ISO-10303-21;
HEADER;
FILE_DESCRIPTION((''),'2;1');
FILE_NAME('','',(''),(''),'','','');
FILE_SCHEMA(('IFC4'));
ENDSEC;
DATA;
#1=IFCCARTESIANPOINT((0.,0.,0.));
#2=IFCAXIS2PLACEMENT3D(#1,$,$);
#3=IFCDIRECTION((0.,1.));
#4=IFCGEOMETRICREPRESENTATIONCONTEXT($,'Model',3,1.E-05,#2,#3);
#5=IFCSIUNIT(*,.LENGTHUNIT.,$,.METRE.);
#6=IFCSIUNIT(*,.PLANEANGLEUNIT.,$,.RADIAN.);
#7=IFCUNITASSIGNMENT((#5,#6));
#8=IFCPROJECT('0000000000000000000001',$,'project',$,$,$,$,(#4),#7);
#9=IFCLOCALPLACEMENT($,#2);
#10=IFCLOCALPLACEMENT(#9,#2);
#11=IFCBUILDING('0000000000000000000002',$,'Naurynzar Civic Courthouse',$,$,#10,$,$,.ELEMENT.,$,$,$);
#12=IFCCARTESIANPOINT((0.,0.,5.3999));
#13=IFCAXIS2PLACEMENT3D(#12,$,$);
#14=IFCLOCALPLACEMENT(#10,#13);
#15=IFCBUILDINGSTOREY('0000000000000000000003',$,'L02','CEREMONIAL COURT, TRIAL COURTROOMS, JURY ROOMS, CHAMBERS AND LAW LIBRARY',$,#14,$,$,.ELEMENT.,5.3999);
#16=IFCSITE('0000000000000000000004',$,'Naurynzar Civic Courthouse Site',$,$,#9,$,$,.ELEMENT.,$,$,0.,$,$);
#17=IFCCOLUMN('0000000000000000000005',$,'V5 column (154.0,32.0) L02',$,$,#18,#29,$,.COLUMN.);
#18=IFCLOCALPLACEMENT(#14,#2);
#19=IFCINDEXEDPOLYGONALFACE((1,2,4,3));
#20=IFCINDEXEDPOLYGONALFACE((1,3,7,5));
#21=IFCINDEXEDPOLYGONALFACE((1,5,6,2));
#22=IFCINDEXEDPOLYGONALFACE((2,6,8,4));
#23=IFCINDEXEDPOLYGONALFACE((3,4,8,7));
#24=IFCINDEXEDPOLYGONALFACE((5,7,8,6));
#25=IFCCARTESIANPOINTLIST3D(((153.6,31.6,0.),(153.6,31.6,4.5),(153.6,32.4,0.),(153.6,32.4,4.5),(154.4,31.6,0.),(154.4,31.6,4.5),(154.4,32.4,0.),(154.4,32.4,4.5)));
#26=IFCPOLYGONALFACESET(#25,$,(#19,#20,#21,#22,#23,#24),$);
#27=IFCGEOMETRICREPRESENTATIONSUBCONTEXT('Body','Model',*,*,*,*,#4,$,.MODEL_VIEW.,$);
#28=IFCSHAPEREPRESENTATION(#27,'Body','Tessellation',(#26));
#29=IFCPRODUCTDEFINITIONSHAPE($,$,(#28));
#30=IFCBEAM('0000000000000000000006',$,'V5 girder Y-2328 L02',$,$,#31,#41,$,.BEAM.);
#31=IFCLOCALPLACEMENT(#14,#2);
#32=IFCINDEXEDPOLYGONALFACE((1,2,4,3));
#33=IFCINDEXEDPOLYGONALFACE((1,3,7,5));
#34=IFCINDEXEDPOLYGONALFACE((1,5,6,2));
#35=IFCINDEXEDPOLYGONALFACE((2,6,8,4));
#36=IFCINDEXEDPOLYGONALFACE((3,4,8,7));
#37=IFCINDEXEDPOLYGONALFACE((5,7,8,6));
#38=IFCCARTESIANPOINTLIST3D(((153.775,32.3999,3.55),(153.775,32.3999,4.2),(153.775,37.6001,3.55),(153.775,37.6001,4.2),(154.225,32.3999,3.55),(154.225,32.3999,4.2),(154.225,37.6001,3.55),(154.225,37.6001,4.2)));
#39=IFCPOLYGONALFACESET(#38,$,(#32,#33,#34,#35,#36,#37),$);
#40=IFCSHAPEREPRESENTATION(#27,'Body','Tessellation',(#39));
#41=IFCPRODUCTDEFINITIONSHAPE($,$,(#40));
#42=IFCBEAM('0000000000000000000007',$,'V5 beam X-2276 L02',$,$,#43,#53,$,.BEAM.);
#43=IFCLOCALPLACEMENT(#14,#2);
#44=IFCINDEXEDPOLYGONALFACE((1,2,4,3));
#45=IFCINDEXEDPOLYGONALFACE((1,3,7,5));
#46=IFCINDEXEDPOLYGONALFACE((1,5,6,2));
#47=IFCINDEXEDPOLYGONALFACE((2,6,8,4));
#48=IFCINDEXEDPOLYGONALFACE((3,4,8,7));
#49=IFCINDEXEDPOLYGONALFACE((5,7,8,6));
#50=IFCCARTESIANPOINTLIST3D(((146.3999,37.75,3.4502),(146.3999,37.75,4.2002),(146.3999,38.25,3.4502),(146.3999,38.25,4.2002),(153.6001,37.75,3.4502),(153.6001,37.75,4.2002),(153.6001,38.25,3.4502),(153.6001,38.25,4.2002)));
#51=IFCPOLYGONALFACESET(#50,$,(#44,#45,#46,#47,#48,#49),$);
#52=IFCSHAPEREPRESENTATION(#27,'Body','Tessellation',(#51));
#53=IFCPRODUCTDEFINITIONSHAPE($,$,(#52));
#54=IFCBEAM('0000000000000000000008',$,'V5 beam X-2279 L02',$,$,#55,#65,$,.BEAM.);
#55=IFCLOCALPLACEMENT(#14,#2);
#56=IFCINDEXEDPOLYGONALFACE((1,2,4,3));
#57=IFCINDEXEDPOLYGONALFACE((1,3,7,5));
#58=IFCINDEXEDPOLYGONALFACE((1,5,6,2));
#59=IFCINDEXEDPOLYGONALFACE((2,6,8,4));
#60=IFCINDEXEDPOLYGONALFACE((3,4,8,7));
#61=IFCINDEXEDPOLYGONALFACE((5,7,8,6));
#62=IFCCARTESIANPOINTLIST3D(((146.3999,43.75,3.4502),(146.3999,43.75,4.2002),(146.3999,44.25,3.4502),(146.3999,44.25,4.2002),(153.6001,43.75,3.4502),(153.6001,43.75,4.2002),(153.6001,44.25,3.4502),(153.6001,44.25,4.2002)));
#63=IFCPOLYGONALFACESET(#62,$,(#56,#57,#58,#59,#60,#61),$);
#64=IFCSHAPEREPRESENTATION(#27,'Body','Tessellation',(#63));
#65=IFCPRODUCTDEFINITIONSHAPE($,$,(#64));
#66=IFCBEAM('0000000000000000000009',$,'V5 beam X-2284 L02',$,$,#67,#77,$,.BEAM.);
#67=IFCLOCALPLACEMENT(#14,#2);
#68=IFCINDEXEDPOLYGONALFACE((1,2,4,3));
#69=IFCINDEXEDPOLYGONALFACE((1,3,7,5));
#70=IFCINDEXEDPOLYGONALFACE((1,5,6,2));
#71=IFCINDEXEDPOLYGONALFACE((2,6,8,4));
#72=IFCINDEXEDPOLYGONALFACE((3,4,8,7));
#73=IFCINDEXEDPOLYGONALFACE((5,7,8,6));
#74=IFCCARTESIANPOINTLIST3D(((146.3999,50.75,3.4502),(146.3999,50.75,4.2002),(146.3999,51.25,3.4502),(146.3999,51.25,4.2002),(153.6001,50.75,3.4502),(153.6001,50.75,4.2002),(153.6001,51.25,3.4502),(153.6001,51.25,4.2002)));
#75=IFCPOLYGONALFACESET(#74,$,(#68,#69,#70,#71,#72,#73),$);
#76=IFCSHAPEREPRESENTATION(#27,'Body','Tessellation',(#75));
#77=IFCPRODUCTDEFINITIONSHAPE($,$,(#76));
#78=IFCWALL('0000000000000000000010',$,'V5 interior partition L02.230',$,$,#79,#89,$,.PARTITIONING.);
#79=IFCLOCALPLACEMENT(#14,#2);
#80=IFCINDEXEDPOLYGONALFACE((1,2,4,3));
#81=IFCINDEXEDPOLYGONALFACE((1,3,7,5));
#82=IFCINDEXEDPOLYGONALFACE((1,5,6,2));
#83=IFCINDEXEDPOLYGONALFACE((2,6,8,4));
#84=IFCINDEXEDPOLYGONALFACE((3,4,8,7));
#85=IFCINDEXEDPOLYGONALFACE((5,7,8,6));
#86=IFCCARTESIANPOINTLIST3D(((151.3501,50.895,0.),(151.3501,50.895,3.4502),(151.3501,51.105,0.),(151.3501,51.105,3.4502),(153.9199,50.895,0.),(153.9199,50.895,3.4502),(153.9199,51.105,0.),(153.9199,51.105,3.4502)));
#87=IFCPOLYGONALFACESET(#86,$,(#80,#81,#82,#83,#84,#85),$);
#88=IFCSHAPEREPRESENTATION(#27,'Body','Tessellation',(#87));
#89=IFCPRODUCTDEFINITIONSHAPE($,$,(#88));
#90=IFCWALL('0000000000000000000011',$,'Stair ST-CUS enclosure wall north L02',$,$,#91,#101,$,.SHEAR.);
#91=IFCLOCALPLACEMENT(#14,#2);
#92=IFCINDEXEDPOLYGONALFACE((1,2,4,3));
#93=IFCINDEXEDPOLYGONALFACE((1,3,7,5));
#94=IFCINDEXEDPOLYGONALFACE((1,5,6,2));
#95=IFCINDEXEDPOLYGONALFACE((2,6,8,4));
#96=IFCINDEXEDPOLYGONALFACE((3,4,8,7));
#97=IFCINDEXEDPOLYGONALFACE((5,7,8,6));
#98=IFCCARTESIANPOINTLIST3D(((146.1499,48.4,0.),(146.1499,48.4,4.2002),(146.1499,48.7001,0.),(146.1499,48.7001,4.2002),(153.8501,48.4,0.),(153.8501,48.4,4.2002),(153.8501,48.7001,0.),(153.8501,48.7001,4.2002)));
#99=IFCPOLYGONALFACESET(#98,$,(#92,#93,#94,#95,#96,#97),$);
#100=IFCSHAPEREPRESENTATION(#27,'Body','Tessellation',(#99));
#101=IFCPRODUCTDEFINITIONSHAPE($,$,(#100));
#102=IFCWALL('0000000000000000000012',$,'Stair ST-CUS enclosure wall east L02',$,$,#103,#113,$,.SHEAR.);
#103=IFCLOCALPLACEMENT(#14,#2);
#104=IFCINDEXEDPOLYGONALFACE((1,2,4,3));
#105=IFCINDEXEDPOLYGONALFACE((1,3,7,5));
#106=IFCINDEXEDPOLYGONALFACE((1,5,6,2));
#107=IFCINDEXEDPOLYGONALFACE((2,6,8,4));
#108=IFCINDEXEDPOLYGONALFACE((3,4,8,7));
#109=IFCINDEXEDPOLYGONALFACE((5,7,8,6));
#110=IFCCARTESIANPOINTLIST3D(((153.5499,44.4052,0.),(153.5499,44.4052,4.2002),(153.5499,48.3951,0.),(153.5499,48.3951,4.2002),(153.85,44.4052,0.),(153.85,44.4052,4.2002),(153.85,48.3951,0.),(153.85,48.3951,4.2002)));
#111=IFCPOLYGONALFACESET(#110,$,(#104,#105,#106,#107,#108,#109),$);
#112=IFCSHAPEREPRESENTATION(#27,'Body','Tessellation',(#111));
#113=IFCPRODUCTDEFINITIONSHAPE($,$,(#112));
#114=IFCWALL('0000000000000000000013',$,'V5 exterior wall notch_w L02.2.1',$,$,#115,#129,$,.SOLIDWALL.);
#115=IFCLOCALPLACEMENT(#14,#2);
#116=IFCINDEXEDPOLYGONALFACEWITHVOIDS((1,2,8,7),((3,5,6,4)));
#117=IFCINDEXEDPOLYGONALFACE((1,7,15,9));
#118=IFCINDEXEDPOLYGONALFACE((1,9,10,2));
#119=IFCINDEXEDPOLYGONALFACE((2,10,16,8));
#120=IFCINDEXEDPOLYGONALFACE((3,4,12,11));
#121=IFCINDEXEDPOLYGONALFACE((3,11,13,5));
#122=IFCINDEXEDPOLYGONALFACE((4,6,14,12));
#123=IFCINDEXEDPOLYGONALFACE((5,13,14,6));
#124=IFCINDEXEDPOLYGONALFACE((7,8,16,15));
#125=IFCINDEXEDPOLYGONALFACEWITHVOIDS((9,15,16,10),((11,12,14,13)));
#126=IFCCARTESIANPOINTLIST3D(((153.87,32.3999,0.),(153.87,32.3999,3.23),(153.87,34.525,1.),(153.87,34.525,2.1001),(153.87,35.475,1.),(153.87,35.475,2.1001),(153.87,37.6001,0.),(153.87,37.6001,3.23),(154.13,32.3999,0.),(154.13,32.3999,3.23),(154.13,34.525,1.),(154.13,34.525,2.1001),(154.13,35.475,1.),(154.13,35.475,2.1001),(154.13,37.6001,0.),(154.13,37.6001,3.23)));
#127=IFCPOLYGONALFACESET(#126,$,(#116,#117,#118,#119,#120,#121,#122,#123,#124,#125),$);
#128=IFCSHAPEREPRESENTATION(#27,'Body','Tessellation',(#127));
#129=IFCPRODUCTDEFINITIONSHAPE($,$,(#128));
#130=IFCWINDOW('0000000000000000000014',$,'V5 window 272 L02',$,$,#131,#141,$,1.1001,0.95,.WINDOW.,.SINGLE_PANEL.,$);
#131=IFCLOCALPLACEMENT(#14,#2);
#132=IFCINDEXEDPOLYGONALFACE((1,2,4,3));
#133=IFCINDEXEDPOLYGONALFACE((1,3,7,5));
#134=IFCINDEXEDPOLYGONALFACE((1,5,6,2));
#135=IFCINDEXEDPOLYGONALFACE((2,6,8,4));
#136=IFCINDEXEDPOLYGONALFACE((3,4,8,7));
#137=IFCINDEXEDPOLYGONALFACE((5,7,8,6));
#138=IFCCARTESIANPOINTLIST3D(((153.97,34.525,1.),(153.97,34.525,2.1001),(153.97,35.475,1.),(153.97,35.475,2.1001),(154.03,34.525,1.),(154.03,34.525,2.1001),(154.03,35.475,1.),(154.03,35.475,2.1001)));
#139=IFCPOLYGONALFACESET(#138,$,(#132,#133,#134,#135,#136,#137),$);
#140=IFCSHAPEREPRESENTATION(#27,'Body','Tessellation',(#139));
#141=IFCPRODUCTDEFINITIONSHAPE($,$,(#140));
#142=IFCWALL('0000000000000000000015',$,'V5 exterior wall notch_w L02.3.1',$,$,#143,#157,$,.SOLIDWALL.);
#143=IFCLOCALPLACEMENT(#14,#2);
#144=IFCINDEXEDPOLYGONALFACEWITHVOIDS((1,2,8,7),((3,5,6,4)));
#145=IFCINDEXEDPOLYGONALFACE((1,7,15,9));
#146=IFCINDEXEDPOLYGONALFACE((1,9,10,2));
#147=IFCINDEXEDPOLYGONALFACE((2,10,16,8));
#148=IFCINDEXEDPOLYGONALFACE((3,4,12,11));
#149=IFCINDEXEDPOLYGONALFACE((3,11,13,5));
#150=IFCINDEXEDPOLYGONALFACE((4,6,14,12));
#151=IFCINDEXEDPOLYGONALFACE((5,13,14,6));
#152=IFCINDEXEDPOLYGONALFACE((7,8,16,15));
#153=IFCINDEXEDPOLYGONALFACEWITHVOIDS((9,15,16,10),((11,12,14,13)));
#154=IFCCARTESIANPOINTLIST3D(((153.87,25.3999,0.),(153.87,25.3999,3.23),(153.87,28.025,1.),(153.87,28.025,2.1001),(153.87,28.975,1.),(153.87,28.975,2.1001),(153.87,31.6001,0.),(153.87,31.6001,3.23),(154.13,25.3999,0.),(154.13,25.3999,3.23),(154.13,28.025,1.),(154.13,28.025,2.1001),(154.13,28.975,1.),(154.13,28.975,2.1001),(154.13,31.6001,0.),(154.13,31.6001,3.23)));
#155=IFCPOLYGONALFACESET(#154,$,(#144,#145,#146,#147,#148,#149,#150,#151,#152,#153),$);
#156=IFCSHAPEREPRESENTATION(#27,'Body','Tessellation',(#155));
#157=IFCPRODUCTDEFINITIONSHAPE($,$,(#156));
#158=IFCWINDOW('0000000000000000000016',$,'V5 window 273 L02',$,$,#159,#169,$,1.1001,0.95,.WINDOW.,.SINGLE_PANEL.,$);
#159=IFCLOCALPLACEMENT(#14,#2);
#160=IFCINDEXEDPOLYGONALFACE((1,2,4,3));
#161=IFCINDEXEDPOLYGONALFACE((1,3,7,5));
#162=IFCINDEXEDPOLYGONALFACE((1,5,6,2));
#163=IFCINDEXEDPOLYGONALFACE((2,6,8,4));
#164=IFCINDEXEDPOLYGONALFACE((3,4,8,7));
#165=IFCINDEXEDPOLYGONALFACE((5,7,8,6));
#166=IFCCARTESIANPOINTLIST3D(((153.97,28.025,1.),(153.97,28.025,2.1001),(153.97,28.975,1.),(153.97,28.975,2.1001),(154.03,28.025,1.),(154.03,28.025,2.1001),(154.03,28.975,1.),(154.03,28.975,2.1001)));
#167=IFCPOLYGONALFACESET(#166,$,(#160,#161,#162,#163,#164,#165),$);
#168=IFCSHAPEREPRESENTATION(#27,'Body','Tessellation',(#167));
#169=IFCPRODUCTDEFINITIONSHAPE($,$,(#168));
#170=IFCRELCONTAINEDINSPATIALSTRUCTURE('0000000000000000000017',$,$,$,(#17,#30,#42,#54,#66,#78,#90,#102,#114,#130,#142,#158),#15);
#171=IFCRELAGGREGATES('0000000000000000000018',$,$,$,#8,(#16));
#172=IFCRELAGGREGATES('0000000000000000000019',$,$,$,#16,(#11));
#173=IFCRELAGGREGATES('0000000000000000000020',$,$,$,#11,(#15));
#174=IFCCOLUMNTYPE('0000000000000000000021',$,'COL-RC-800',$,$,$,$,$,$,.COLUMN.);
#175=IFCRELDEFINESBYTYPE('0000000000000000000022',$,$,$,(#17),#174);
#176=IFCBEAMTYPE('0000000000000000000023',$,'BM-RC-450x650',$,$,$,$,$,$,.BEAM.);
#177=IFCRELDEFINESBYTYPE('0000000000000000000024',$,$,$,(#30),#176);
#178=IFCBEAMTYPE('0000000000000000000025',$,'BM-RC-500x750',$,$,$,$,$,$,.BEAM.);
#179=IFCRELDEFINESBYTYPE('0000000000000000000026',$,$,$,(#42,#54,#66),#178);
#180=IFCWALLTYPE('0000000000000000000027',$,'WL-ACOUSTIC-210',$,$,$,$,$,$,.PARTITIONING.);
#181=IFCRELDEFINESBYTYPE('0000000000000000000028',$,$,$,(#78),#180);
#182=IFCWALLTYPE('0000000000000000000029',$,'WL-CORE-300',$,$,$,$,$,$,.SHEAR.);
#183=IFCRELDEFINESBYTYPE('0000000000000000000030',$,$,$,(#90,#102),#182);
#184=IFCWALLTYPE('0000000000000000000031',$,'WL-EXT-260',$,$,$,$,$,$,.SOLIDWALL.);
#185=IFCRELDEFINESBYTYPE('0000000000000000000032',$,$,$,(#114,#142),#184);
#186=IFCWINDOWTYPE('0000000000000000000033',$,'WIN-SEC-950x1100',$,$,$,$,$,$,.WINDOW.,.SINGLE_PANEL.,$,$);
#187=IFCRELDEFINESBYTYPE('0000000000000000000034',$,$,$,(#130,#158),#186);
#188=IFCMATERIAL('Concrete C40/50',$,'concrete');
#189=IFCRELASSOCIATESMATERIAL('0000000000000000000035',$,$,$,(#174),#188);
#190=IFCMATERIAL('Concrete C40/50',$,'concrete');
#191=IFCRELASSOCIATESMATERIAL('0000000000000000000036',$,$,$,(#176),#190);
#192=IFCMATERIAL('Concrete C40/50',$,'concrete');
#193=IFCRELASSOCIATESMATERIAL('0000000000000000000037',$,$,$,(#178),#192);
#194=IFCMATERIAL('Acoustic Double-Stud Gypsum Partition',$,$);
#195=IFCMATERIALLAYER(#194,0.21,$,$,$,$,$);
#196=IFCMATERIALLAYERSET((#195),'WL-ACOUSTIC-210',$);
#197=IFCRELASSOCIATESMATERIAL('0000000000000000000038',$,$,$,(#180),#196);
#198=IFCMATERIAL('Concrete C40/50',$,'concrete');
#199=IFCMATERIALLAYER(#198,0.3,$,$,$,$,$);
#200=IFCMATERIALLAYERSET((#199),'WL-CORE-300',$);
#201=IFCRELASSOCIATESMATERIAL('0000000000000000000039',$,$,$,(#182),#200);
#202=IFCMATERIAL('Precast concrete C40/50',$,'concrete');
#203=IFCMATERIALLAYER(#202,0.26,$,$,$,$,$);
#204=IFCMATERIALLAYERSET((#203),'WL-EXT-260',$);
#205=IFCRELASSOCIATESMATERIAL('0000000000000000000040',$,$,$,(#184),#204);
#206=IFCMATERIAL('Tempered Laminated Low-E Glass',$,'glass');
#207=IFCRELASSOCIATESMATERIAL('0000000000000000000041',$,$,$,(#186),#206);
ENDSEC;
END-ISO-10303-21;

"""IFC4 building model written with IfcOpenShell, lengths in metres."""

from ifc_helpers import new_model, si_unit, direction, frame, frame_2d, origin, origin_2d, place, context, subcontext, project, spatial, rectangle, extrude, material, layer, layer_set, material_profile, profile_set, type_object, element, fill, save


model = new_model("IFC4")

# Units and contexts
model_context = context("Model", 3, precision=1e-05, world=origin(), true_north=direction((0.0, 1.0)))
body_context = subcontext(model_context, "Body", "Model", "MODEL_VIEW")
ifc_project = project(units=[si_unit("LENGTHUNIT", "METRE"), si_unit("PLANEANGLEUNIT", "RADIAN")], contexts=[model_context])

# Site, building, storey
site_placement = place(None, origin())
site = spatial("IfcSite", under=ifc_project, at=site_placement, Name="Naurynzar Civic Courthouse Site", CompositionType="ELEMENT", RefElevation=0.0)
building_placement = place(site_placement, origin())
building = spatial("IfcBuilding", under=site, at=building_placement, Name="Naurynzar Civic Courthouse", CompositionType="ELEMENT")
storey_placement = place(building_placement, frame((0.0, 0.0, 5.3999)))
storey = spatial("IfcBuildingStorey", under=building, at=storey_placement, Name="L02", Description="CEREMONIAL COURT, TRIAL COURTROOMS, JURY ROOMS, CHAMBERS AND LAW LIBRARY", CompositionType="ELEMENT", Elevation=5.3999)

# Column
ifc_material_1 = material(Name="Concrete C40/50", Category="concrete")
ifc_material_profile_1 = material_profile(ifc_material_1, rectangle(XDim=0.8, YDim=0.8, at=origin_2d()), Name="RC 800x800")
ifc_profile_set_1 = profile_set([ifc_material_profile_1], Name="Concrete C40/50")
column_type = type_object("IfcColumnType", Name="COL-RC-800", PredefinedType="COLUMN", material=ifc_profile_set_1)
column_placement = place(storey_placement, frame((154.0, 32.0, 0.0), z_axis=(0.0, 0.0, 1.0), x_axis=(1.0, 0.0, 0.0)))
element("IfcColumn", 1, at=column_placement, inside=storey, type_object=column_type, Name="V5 column (154.0,32.0) L02", PredefinedType="COLUMN", context=body_context, shape_type="SweptSolid", body=[
    extrude(rectangle(XDim=0.8, YDim=0.8, at=origin_2d()), origin(), (0.0, 0.0, 1.0), 4.5),
])

# Beams
ifc_material_2 = material(Name="Concrete C40/50", Category="concrete")
ifc_material_profile_2 = material_profile(ifc_material_2, rectangle(XDim=0.45, YDim=0.6499, at=origin_2d()), Name="RCB 450x650")
ifc_profile_set_2 = profile_set([ifc_material_profile_2], Name="Concrete C40/50")
beam_type_1 = type_object("IfcBeamType", Name="BM-RC-450x650", PredefinedType="BEAM", material=ifc_profile_set_2)
beam_placement = place(storey_placement, frame((154.0, 32.3999, 3.875), z_axis=(0.0, 1.0, 0.0), x_axis=(-1.0, 0.0, 0.0)))
element("IfcBeam", 2, at=beam_placement, inside=storey, type_object=beam_type_1, Name="V5 girder Y-2328 L02", PredefinedType="BEAM", context=body_context, shape_type="SweptSolid", body=[
    extrude(rectangle(XDim=0.45, YDim=0.6499, at=origin_2d()), origin(), (0.0, 0.0, 1.0), 5.2002),
])
ifc_material_3 = material(Name="Concrete C40/50", Category="concrete")
ifc_material_profile_3 = material_profile(ifc_material_3, rectangle(XDim=0.5, YDim=0.75, at=origin_2d()), Name="RCB 500x750")
ifc_profile_set_3 = profile_set([ifc_material_profile_3], Name="Concrete C40/50")
beam_type_2 = type_object("IfcBeamType", Name="BM-RC-500x750", PredefinedType="BEAM", material=ifc_profile_set_3)
for number, where, z_axis, x_axis, name in (
    (3, (146.3999, 38.0, 3.8252), (1.0, 0.0, 0.0), (0.0, 1.0, 0.0), "V5 beam X-2276 L02"),
    (4, (146.3999, 44.0, 3.8252), (1.0, 0.0, 0.0), (0.0, 1.0, 0.0), "V5 beam X-2279 L02"),
    (5, (146.3999, 51.0, 3.8252), (1.0, 0.0, 0.0), (0.0, 1.0, 0.0), "V5 beam X-2284 L02"),
):
    element("IfcBeam", number, at=place(storey_placement, frame(where, z_axis=z_axis, x_axis=x_axis)), inside=storey, type_object=beam_type_2, Name=name, PredefinedType="BEAM", context=body_context, shape_type="SweptSolid", body=[
        extrude(rectangle(XDim=0.5, YDim=0.75, at=origin_2d()), origin(), (0.0, 0.0, 1.0), 7.2002),
    ])

# Walls
ifc_material_4 = material(Name="Acoustic Double-Stud Gypsum Partition")
ifc_layer_1 = layer(ifc_material_4, 0.21)
ifc_layer_set_1 = layer_set([ifc_layer_1], Name="WL-ACOUSTIC-210")
wall_type_1 = type_object("IfcWallType", Name="WL-ACOUSTIC-210", PredefinedType="PARTITIONING", material=ifc_layer_set_1)
wall_1_placement = place(storey_placement, frame((151.3501, 51.0, 0.0), z_axis=(0.0, 0.0, 1.0), x_axis=(1.0, 0.0, 0.0)))
element("IfcWall", 6, at=wall_1_placement, inside=storey, type_object=wall_type_1, Name="V5 interior partition L02.230", PredefinedType="PARTITIONING", context=body_context, shape_type="SweptSolid", body=[
    extrude(rectangle(XDim=2.5698, YDim=0.21, at=frame_2d((1.2849, 0.0))), origin(), (0.0, 0.0, 1.0), 3.4502),
])
ifc_material_5 = material(Name="Concrete C40/50", Category="concrete")
ifc_layer_2 = layer(ifc_material_5, 0.3)
ifc_layer_set_2 = layer_set([ifc_layer_2], Name="WL-CORE-300")
wall_type_2 = type_object("IfcWallType", Name="WL-CORE-300", PredefinedType="SHEAR", material=ifc_layer_set_2)
wall_2_placement = place(storey_placement, frame((153.8501, 48.55, 0.0), z_axis=(0.0, 0.0, 1.0), x_axis=(-1.0, 0.0, 0.0)))
element("IfcWall", 7, at=wall_2_placement, inside=storey, type_object=wall_type_2, Name="Stair ST-CUS enclosure wall north L02", PredefinedType="SHEAR", context=body_context, shape_type="SweptSolid", body=[
    extrude(rectangle(XDim=7.7002, YDim=0.3, at=frame_2d((3.8501, 0.0))), origin(), (0.0, 0.0, 1.0), 4.2002),
])
wall_3_placement = place(storey_placement, frame((153.7, 44.405, 0.0), z_axis=(0.0, 0.0, 1.0), x_axis=(0.0, 1.0, 0.0)))
element("IfcWall", 8, at=wall_3_placement, inside=storey, type_object=wall_type_2, Name="Stair ST-CUS enclosure wall east L02", PredefinedType="SHEAR", context=body_context, shape_type="SweptSolid", body=[
    extrude(rectangle(XDim=3.99, YDim=0.3, at=frame_2d((1.9951, 0.0))), origin(), (0.0, 0.0, 1.0), 4.2002),
])

# Walls, openings, windows
ifc_material_6 = material(Name="Precast concrete C40/50", Category="concrete")
ifc_layer_3 = layer(ifc_material_6, 0.26)
ifc_layer_set_3 = layer_set([ifc_layer_3], Name="WL-EXT-260")
wall_type_3 = type_object("IfcWallType", Name="WL-EXT-260", PredefinedType="SOLIDWALL", material=ifc_layer_set_3)
wall_4_placement = place(storey_placement, frame((154.0, 37.6001, 0.0), z_axis=(0.0, 0.0, 1.0), x_axis=(0.0, -1.0, 0.0)))
wall_4 = element("IfcWall", 9, at=wall_4_placement, inside=storey, type_object=wall_type_3, Name="V5 exterior wall notch_w L02.2.1", PredefinedType="SOLIDWALL", context=body_context, shape_type="SweptSolid", body=[
    extrude(rectangle(XDim=5.2002, YDim=0.26, at=frame_2d((2.6001, 0.0))), origin(), (0.0, 0.0, 1.0), 3.23),
])
opening_1_placement = place(wall_4_placement, frame((2.125, 0.0, 1.0)))
opening_1 = element("IfcOpeningElement", 10, at=opening_1_placement, cuts=wall_4, PredefinedType="OPENING", context=body_context, shape_type="SweptSolid", body=[
    extrude(rectangle(XDim=0.95, YDim=1.1001, at=frame_2d((0.4751, 0.55))), frame((0.0, 0.1399, 0.0), z_axis=(0.0, -1.0, 0.0), x_axis=(1.0, 0.0, 0.0)), (0.0, 0.0, 1.0), 0.28),
])
ifc_material_7 = material(Name="Tempered Laminated Low-E Glass", Category="glass")
window_type = type_object("IfcWindowType", Name="WIN-SEC-950x1100", PartitioningType="SINGLE_PANEL", PredefinedType="WINDOW", material=ifc_material_7)
window_1_placement = place(opening_1_placement, origin())
window_1 = element("IfcWindow", 11, at=window_1_placement, inside=storey, type_object=window_type, Name="V5 window 272 L02", OverallHeight=1.1001, OverallWidth=0.95, PartitioningType="SINGLE_PANEL", PredefinedType="WINDOW", context=body_context, shape_type="SweptSolid", body=[
    extrude(rectangle(XDim=0.95, YDim=1.1001, at=frame_2d((0.4751, 0.55))), frame((0.0, 0.03, 0.0), z_axis=(0.0, -1.0, 0.0), x_axis=(1.0, 0.0, 0.0)), (0.0, 0.0, 1.0), 0.0601),
])
fill(opening_1, window_1)
wall_5_placement = place(storey_placement, frame((154.0, 31.6001, 0.0), z_axis=(0.0, 0.0, 1.0), x_axis=(0.0, -1.0, 0.0)))
wall_5 = element("IfcWall", 12, at=wall_5_placement, inside=storey, type_object=wall_type_3, Name="V5 exterior wall notch_w L02.3.1", PredefinedType="SOLIDWALL", context=body_context, shape_type="SweptSolid", body=[
    extrude(rectangle(XDim=6.2002, YDim=0.26, at=frame_2d((3.1001, 0.0))), origin(), (0.0, 0.0, 1.0), 3.23),
])
opening_2_placement = place(wall_5_placement, frame((2.625, 0.0, 1.0)))
opening_2 = element("IfcOpeningElement", 13, at=opening_2_placement, cuts=wall_5, PredefinedType="OPENING", context=body_context, shape_type="SweptSolid", body=[
    extrude(rectangle(XDim=0.95, YDim=1.1001, at=frame_2d((0.4751, 0.55))), frame((0.0, 0.1399, 0.0), z_axis=(0.0, -1.0, 0.0), x_axis=(1.0, 0.0, 0.0)), (0.0, 0.0, 1.0), 0.28),
])
window_2_placement = place(opening_2_placement, origin())
window_2 = element("IfcWindow", 14, at=window_2_placement, inside=storey, type_object=window_type, Name="V5 window 273 L02", OverallHeight=1.1001, OverallWidth=0.95, PartitioningType="SINGLE_PANEL", PredefinedType="WINDOW", context=body_context, shape_type="SweptSolid", body=[
    extrude(rectangle(XDim=0.95, YDim=1.1001, at=frame_2d((0.4751, 0.55))), frame((0.0, 0.03, 0.0), z_axis=(0.0, -1.0, 0.0), x_axis=(1.0, 0.0, 0.0)), (0.0, 0.0, 1.0), 0.0601),
])
fill(opening_2, window_2)

save(model, "model.ifc")
